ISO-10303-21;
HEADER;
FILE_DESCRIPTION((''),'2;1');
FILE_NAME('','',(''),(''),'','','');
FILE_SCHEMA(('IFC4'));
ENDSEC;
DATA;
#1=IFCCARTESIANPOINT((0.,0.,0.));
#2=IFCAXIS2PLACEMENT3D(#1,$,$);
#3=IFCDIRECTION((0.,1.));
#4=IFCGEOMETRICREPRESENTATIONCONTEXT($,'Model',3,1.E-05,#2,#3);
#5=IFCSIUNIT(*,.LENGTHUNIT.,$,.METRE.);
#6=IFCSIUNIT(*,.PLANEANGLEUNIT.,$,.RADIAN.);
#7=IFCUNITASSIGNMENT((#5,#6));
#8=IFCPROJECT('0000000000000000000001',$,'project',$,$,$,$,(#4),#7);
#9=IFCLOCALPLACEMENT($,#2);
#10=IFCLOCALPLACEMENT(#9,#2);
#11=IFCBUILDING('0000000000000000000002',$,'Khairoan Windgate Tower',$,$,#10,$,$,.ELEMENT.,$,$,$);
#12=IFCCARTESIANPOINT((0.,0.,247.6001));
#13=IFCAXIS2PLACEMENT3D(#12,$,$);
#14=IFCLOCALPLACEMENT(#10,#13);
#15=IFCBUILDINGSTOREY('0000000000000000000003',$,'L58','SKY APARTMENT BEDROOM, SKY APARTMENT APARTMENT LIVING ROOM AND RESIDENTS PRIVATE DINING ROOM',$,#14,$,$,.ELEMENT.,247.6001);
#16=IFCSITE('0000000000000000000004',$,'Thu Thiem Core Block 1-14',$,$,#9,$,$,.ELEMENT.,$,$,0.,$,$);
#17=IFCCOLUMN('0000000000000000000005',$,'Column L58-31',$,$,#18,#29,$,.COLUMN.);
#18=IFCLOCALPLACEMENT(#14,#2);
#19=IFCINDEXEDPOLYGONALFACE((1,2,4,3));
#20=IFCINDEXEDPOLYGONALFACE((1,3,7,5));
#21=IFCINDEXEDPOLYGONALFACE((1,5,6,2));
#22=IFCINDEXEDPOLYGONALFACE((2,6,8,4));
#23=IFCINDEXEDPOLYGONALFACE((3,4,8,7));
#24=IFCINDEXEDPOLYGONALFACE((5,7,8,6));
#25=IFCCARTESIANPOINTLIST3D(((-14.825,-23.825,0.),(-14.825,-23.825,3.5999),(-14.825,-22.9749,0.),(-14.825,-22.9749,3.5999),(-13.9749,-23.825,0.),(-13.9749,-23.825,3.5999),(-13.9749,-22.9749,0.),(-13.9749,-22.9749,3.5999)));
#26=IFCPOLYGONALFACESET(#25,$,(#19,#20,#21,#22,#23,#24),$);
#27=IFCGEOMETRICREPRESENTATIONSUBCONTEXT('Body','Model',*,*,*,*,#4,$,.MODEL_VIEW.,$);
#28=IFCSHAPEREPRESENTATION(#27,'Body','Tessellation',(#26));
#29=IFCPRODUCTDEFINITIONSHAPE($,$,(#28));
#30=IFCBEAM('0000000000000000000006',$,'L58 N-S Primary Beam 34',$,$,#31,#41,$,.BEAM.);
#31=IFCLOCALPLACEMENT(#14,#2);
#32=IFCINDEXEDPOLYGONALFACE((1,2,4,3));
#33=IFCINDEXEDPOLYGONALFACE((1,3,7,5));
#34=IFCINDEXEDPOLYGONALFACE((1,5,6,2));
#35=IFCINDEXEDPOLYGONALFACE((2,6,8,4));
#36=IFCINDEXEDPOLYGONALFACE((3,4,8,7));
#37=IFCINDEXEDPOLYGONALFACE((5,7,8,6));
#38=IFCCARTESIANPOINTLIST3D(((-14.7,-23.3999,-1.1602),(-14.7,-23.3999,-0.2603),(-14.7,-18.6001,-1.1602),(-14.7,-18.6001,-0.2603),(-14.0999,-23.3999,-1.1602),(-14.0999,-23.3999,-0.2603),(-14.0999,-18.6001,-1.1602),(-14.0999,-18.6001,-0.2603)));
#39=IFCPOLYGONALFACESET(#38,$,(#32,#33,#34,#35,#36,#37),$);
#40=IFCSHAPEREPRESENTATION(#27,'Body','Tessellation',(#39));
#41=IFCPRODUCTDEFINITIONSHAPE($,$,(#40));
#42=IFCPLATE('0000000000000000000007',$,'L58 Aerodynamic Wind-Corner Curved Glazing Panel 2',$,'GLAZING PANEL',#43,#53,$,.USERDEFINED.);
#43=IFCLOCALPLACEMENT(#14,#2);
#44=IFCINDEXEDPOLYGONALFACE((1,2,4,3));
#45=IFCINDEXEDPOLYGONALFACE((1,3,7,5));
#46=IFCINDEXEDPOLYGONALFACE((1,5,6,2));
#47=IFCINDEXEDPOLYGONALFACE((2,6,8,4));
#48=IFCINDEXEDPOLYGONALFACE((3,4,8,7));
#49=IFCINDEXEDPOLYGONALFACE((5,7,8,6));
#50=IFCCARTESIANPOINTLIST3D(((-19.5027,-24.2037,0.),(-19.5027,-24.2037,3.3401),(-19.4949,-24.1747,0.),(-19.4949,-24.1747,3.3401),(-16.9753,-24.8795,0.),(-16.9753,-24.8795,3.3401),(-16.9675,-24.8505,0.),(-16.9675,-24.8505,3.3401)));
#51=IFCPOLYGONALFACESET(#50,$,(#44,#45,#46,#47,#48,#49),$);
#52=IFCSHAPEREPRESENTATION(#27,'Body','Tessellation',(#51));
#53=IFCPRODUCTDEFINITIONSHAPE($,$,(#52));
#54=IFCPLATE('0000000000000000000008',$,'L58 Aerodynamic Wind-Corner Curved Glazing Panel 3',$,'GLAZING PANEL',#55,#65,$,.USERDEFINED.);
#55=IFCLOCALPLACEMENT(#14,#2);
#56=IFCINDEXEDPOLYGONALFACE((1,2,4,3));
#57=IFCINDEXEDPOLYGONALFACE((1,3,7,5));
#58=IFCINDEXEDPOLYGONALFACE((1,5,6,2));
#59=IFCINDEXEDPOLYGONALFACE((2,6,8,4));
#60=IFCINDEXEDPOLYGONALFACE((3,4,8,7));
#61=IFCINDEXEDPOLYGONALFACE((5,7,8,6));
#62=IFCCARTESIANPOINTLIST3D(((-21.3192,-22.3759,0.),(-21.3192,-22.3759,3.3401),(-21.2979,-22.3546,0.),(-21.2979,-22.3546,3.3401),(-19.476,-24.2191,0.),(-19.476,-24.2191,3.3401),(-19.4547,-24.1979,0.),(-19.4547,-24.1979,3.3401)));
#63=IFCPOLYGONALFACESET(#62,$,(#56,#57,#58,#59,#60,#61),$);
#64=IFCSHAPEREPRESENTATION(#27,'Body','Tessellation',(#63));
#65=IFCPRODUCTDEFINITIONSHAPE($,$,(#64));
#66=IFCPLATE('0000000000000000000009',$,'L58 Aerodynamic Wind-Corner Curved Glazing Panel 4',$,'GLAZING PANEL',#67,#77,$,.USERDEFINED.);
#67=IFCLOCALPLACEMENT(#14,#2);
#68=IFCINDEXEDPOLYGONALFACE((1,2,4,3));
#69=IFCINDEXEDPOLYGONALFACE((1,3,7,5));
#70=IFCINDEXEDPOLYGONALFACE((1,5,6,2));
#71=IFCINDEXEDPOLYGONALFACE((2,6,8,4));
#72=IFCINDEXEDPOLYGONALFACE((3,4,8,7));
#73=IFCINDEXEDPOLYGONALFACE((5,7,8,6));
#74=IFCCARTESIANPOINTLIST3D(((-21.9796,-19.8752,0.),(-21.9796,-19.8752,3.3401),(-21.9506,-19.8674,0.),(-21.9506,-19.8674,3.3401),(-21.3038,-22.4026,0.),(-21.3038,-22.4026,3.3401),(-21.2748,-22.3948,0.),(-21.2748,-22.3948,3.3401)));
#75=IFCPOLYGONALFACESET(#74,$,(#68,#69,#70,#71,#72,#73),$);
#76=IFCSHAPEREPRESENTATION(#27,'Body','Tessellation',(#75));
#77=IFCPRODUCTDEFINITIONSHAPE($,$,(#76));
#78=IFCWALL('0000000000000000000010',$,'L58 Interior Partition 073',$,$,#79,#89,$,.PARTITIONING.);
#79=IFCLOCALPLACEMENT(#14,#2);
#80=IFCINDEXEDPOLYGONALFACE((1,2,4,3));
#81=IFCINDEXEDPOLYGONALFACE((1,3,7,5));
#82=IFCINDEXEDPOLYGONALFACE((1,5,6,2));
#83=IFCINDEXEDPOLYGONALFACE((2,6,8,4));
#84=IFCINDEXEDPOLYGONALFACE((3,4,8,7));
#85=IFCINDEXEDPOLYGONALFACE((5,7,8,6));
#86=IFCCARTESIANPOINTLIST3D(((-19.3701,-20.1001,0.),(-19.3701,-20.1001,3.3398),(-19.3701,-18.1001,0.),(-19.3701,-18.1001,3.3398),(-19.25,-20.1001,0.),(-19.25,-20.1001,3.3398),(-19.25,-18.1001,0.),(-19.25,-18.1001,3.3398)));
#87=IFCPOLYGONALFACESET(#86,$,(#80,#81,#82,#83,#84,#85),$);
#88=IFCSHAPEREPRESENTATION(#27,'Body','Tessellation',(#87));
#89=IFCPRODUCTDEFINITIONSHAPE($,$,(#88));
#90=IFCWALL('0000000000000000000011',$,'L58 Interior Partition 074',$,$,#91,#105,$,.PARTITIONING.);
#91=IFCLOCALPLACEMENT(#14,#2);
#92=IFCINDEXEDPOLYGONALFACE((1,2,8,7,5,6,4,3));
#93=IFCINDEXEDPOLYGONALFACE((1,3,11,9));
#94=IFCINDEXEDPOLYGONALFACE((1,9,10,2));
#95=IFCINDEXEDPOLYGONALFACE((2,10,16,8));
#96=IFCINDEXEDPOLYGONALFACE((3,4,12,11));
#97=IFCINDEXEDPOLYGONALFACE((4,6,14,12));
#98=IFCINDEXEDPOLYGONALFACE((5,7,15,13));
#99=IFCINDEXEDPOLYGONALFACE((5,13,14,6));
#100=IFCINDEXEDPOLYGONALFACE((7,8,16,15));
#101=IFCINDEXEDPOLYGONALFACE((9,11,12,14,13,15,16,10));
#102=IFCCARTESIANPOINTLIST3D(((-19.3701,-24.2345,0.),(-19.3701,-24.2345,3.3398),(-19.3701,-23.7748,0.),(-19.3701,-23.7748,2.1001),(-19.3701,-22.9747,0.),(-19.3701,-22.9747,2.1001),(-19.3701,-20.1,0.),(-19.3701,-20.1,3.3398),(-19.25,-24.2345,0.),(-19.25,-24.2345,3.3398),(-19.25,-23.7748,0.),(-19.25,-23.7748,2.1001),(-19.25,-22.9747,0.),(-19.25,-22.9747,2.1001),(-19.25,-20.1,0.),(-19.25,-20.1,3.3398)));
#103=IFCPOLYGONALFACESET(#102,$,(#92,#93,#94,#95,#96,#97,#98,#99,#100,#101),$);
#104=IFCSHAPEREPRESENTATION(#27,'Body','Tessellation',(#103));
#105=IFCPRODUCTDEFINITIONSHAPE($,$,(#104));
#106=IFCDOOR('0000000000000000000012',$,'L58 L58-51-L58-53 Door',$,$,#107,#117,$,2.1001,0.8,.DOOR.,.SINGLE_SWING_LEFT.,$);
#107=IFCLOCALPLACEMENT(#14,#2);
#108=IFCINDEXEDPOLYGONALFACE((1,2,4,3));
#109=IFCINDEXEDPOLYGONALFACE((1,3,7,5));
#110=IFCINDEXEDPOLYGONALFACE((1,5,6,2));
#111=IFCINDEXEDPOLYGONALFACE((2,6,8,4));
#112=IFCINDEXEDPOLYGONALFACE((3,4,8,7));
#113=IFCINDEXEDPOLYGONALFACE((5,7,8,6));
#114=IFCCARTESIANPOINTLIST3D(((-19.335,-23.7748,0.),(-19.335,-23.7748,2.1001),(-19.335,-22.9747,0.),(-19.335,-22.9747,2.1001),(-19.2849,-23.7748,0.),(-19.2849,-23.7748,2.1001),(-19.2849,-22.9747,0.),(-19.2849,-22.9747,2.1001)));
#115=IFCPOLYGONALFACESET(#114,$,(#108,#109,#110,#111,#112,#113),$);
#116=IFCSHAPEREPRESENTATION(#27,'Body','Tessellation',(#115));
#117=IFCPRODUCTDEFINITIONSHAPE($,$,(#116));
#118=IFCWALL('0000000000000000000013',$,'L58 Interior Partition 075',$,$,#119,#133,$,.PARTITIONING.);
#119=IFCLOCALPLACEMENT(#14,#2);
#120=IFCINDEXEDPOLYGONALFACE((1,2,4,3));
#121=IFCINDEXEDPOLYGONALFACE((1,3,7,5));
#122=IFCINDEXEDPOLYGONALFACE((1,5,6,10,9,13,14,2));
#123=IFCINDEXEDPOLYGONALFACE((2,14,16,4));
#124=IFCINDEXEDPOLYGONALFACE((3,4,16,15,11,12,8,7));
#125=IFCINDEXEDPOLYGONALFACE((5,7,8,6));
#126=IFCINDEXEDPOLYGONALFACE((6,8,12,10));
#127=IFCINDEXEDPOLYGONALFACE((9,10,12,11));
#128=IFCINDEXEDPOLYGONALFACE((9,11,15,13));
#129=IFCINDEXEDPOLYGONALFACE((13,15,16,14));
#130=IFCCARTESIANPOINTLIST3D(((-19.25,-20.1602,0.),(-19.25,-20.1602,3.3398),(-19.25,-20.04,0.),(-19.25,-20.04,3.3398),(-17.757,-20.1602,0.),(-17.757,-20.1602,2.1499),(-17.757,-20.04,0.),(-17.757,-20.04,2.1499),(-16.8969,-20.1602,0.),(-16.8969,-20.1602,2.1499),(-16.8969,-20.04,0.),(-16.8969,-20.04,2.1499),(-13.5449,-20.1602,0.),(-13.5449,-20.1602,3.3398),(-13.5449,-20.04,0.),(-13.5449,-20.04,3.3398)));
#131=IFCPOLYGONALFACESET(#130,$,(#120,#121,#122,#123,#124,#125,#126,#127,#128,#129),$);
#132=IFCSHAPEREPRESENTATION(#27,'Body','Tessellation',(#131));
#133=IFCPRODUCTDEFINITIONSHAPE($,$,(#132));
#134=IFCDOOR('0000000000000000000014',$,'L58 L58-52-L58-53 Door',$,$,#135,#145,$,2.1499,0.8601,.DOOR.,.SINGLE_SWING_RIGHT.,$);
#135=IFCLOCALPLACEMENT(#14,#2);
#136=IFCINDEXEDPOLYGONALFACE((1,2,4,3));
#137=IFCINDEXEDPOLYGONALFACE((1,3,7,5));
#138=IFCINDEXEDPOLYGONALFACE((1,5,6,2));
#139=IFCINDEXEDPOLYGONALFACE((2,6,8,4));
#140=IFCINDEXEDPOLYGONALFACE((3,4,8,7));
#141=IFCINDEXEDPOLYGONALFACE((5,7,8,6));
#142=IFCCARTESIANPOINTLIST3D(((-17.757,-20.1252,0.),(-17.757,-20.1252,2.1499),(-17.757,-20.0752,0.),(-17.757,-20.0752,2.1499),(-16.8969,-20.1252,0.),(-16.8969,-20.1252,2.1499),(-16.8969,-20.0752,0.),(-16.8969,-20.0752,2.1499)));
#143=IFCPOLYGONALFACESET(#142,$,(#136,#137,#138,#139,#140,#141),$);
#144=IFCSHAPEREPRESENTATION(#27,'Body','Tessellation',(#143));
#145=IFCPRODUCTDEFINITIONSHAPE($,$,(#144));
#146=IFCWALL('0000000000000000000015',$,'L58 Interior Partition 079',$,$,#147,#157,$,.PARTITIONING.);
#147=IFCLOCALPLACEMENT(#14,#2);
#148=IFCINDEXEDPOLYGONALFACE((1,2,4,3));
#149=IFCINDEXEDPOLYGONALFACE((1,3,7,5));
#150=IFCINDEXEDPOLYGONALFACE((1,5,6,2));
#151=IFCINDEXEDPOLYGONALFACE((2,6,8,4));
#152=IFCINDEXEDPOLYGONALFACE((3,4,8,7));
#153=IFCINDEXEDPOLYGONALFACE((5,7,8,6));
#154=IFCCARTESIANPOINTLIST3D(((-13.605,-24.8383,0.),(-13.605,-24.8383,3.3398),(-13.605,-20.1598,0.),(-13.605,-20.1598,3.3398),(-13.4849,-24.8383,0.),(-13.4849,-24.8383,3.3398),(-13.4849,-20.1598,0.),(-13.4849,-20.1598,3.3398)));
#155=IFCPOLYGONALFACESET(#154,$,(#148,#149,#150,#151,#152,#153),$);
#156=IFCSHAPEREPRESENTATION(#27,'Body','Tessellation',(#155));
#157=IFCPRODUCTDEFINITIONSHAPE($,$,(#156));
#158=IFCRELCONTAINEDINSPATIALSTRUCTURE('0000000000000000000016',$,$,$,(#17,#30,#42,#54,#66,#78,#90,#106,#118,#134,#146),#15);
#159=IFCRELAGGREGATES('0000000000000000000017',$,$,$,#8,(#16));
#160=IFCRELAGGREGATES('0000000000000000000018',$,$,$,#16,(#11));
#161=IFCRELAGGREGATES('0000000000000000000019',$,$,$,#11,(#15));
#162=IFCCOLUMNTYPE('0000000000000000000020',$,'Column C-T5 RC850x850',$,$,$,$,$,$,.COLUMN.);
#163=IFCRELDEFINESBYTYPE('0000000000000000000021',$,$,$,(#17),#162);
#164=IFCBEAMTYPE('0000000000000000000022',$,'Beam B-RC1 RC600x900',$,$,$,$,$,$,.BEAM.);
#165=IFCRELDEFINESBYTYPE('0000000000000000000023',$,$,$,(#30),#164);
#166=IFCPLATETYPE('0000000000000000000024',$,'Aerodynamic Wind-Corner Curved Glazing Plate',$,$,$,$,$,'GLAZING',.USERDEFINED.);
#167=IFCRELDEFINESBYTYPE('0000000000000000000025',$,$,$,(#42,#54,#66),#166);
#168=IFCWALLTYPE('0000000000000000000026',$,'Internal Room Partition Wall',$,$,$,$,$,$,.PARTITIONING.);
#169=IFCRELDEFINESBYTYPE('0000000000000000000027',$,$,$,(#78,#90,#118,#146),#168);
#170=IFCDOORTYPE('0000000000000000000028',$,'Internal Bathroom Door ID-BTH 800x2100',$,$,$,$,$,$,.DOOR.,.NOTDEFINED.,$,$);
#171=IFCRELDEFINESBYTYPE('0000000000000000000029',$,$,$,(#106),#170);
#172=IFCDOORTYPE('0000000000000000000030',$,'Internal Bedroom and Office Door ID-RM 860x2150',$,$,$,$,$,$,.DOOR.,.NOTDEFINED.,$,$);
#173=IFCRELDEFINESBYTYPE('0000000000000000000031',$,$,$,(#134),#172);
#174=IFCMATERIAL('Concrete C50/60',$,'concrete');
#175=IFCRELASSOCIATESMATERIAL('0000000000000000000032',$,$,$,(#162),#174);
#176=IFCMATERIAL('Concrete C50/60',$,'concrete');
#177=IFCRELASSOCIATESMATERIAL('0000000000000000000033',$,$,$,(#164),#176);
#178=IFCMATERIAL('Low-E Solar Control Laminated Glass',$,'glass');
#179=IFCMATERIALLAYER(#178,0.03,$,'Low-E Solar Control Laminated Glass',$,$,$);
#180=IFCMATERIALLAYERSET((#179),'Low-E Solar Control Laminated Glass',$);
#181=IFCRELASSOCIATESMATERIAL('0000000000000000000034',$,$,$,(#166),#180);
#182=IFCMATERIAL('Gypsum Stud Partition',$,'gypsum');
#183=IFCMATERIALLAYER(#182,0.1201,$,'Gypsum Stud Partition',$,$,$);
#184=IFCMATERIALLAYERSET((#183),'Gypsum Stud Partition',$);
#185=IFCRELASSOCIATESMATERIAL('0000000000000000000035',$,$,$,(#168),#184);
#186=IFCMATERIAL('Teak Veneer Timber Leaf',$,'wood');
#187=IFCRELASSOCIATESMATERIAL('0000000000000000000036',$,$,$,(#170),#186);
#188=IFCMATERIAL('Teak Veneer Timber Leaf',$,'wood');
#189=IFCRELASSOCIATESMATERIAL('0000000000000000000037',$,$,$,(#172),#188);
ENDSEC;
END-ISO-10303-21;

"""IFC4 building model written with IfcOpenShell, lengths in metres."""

from ifc_helpers import new_model, si_unit, direction, frame, frame_2d, origin, origin_2d, place, context, subcontext, project, spatial, rectangle, extrude, material, layer, layer_set, material_profile, profile_set, type_object, element, fill, save


model = new_model("IFC4")

# Units and contexts
model_context = context("Model", 3, precision=1e-05, world=origin(), true_north=direction((0.0, 1.0)))
body_context = subcontext(model_context, "Body", "Model", "MODEL_VIEW")
ifc_project = project(units=[si_unit("LENGTHUNIT", "METRE"), si_unit("PLANEANGLEUNIT", "RADIAN")], contexts=[model_context])

# Site, building, storey
site_placement = place(None, origin())
site = spatial("IfcSite", under=ifc_project, at=site_placement, Name="Thu Thiem Core Block 1-14", CompositionType="ELEMENT", RefElevation=0.0)
building_placement = place(site_placement, origin())
building = spatial("IfcBuilding", under=site, at=building_placement, Name="Khairoan Windgate Tower", CompositionType="ELEMENT")
storey_placement = place(building_placement, frame((0.0, 0.0, 247.6001)))
storey = spatial("IfcBuildingStorey", under=building, at=storey_placement, Name="L58", Description="SKY APARTMENT BEDROOM, SKY APARTMENT APARTMENT LIVING ROOM AND RESIDENTS PRIVATE DINING ROOM", CompositionType="ELEMENT", Elevation=247.6001)

# Column
ifc_material_1 = material(Name="Concrete C50/60", Category="concrete")
ifc_material_profile_1 = material_profile(ifc_material_1, rectangle(XDim=0.8501, YDim=0.8501, at=origin_2d()))
ifc_profile_set_1 = profile_set([ifc_material_profile_1], Name="Concrete C50/60")
column_type = type_object("IfcColumnType", Name="Column C-T5 RC850x850", PredefinedType="COLUMN", material=ifc_profile_set_1)
column_placement = place(storey_placement, frame((-14.3999, -23.3999, 0.0), z_axis=(0.0, 0.0, 1.0), x_axis=(1.0, 0.0, 0.0)))
element("IfcColumn", 1, at=column_placement, inside=storey, type_object=column_type, Name="Column L58-31", PredefinedType="COLUMN", context=body_context, shape_type="SweptSolid", body=[
    extrude(rectangle(XDim=0.8501, YDim=0.8501, at=origin_2d()), origin(), (0.0, 0.0, 1.0), 3.5999),
])

# Beam
ifc_material_2 = material(Name="Concrete C50/60", Category="concrete")
ifc_material_profile_2 = material_profile(ifc_material_2, rectangle(XDim=0.6001, YDim=0.8999, at=origin_2d()))
ifc_profile_set_2 = profile_set([ifc_material_profile_2], Name="Concrete C50/60")
beam_type = type_object("IfcBeamType", Name="Beam B-RC1 RC600x900", PredefinedType="BEAM", material=ifc_profile_set_2)
beam_placement = place(storey_placement, frame((-14.3999, -23.3999, -0.7102), z_axis=(0.0, 1.0, 0.0), x_axis=(-1.0, 0.0, 0.0)))
element("IfcBeam", 2, at=beam_placement, inside=storey, type_object=beam_type, Name="L58 N-S Primary Beam 34", PredefinedType="BEAM", context=body_context, shape_type="SweptSolid", body=[
    extrude(rectangle(XDim=0.6001, YDim=0.8999, at=origin_2d()), origin(), (0.0, 0.0, 1.0), 4.7998),
])

# Plates
ifc_material_3 = material(Name="Low-E Solar Control Laminated Glass", Category="glass")
ifc_layer_1 = layer(ifc_material_3, 0.03, Name="Low-E Solar Control Laminated Glass")
ifc_layer_set_1 = layer_set([ifc_layer_1], Name="Low-E Solar Control Laminated Glass")
plate_type_1 = type_object("IfcPlateType", Name="Aerodynamic Wind-Corner Curved Glazing Plate", ElementType="GLAZING", PredefinedType="USERDEFINED", material=ifc_layer_set_1)
plate_1_placement = place(storey_placement, frame((-18.2351, -24.5271, 0.0), z_axis=(0.0, 0.0, 1.0), x_axis=(-0.966061, 0.258313, 0.0)))
element("IfcPlate", 3, at=plate_1_placement, inside=storey, type_object=plate_type_1, Name="L58 Aerodynamic Wind-Corner Curved Glazing Panel 2", ObjectType="GLAZING PANEL", PredefinedType="USERDEFINED", context=body_context, shape_type="SweptSolid", body=[
    extrude(rectangle(XDim=2.6162, YDim=0.03, at=origin_2d()), origin(), (0.0, 0.0, 1.0), 3.3401),
])
plate_2_placement = place(storey_placement, frame((-20.387, -23.2869, 0.0), z_axis=(0.0, 0.0, 1.0), x_axis=(-0.707107, 0.707107, 0.0)))
element("IfcPlate", 4, at=plate_2_placement, inside=storey, type_object=plate_type_1, Name="L58 Aerodynamic Wind-Corner Curved Glazing Panel 3", ObjectType="GLAZING PANEL", PredefinedType="USERDEFINED", context=body_context, shape_type="SweptSolid", body=[
    extrude(rectangle(XDim=2.6067, YDim=0.03, at=origin_2d()), origin(), (0.0, 0.0, 1.0), 3.3401),
])
plate_3_placement = place(storey_placement, frame((-21.6272, -21.135, 0.0), z_axis=(0.0, 0.0, 1.0), x_axis=(-0.258313, 0.966061, 0.0)))
element("IfcPlate", 5, at=plate_3_placement, inside=storey, type_object=plate_type_1, Name="L58 Aerodynamic Wind-Corner Curved Glazing Panel 4", ObjectType="GLAZING PANEL", PredefinedType="USERDEFINED", context=body_context, shape_type="SweptSolid", body=[
    extrude(rectangle(XDim=2.6162, YDim=0.03, at=origin_2d()), origin(), (0.0, 0.0, 1.0), 3.3401),
])

# Wall
ifc_material_4 = material(Name="Gypsum Stud Partition", Category="gypsum")
ifc_layer_2 = layer(ifc_material_4, 0.1201, Name="Gypsum Stud Partition")
ifc_layer_set_2 = layer_set([ifc_layer_2], Name="Gypsum Stud Partition")
wall_type = type_object("IfcWallType", Name="Internal Room Partition Wall", PredefinedType="PARTITIONING", material=ifc_layer_set_2)
wall_1_placement = place(storey_placement, frame((-19.3101, -20.1001, 0.0), z_axis=(0.0, 0.0, 1.0), x_axis=(0.0, 1.0, 0.0)))
element("IfcWall", 6, at=wall_1_placement, inside=storey, type_object=wall_type, Name="L58 Interior Partition 073", PredefinedType="PARTITIONING", context=body_context, shape_type="SweptSolid", body=[
    extrude(rectangle(XDim=2.0, YDim=0.1201, at=frame_2d((1.0, 0.0))), origin(), (0.0, 0.0, 1.0), 3.3398),
])

# Walls, openings, doors
wall_2_placement = place(storey_placement, frame((-19.3101, -24.2346, 0.0), z_axis=(0.0, 0.0, 1.0), x_axis=(0.0, 1.0, 0.0)))
wall_2 = element("IfcWall", 7, at=wall_2_placement, inside=storey, type_object=wall_type, Name="L58 Interior Partition 074", PredefinedType="PARTITIONING", context=body_context, shape_type="SweptSolid", body=[
    extrude(rectangle(XDim=4.1345, YDim=0.1201, at=frame_2d((2.0674, 0.0))), origin(), (0.0, 0.0, 1.0), 3.3398),
])
opening_1_placement = place(wall_2_placement, frame((0.46, 0.0, 0.0)))
opening_1 = element("IfcOpeningElement", 8, at=opening_1_placement, cuts=wall_2, PredefinedType="OPENING", context=body_context, shape_type="SweptSolid", body=[
    extrude(rectangle(XDim=0.8, YDim=2.1001, at=frame_2d((0.3999, 1.05))), frame((0.0, 0.0701, 0.0), z_axis=(0.0, -1.0, 0.0), x_axis=(1.0, 0.0, 0.0)), (0.0, 0.0, 1.0), 0.1401),
])
ifc_material_5 = material(Name="Teak Veneer Timber Leaf", Category="wood")
door_type_1 = type_object("IfcDoorType", Name="Internal Bathroom Door ID-BTH 800x2100", OperationType="NOTDEFINED", PredefinedType="DOOR", material=ifc_material_5)
door_1_placement = place(opening_1_placement, origin())
door_1 = element("IfcDoor", 9, at=door_1_placement, inside=storey, type_object=door_type_1, Name="L58 L58-51-L58-53 Door", OperationType="SINGLE_SWING_LEFT", OverallHeight=2.1001, OverallWidth=0.8, PredefinedType="DOOR", context=body_context, shape_type="SweptSolid", body=[
    extrude(rectangle(XDim=0.8, YDim=2.1001, at=frame_2d((0.3999, 1.05))), frame((0.0, 0.0249, 0.0), z_axis=(0.0, -1.0, 0.0), x_axis=(1.0, 0.0, 0.0)), (0.0, 0.0, 1.0), 0.05),
])
fill(opening_1, door_1)
wall_3_placement = place(storey_placement, frame((-19.25, -20.1001, 0.0), z_axis=(0.0, 0.0, 1.0), x_axis=(1.0, 0.0, 0.0)))
wall_3 = element("IfcWall", 10, at=wall_3_placement, inside=storey, type_object=wall_type, Name="L58 Interior Partition 075", PredefinedType="PARTITIONING", context=body_context, shape_type="SweptSolid", body=[
    extrude(rectangle(XDim=5.7051, YDim=0.1201, at=frame_2d((2.8525, 0.0))), origin(), (0.0, 0.0, 1.0), 3.3398),
])
opening_2_placement = place(wall_3_placement, frame((1.4929, 0.0, 0.0)))
opening_2 = element("IfcOpeningElement", 11, at=opening_2_placement, cuts=wall_3, PredefinedType="OPENING", context=body_context, shape_type="SweptSolid", body=[
    extrude(rectangle(XDim=0.8601, YDim=2.1499, at=frame_2d((0.4302, 1.075))), frame((0.0, 0.0701, 0.0), z_axis=(0.0, -1.0, 0.0), x_axis=(1.0, 0.0, 0.0)), (0.0, 0.0, 1.0), 0.1401),
])
ifc_material_6 = material(Name="Teak Veneer Timber Leaf", Category="wood")
door_type_2 = type_object("IfcDoorType", Name="Internal Bedroom and Office Door ID-RM 860x2150", OperationType="NOTDEFINED", PredefinedType="DOOR", material=ifc_material_6)
door_2_placement = place(opening_2_placement, origin())
door_2 = element("IfcDoor", 12, at=door_2_placement, inside=storey, type_object=door_type_2, Name="L58 L58-52-L58-53 Door", OperationType="SINGLE_SWING_RIGHT", OverallHeight=2.1499, OverallWidth=0.8601, PredefinedType="DOOR", context=body_context, shape_type="SweptSolid", body=[
    extrude(rectangle(XDim=0.8601, YDim=2.1499, at=frame_2d((0.4302, 1.075))), frame((0.0, 0.0249, 0.0), z_axis=(0.0, -1.0, 0.0), x_axis=(1.0, 0.0, 0.0)), (0.0, 0.0, 1.0), 0.05),
])
fill(opening_2, door_2)

# Wall
wall_4_placement = place(storey_placement, frame((-13.5449, -24.8384, 0.0), z_axis=(0.0, 0.0, 1.0), x_axis=(0.0, 1.0, 0.0)))
element("IfcWall", 13, at=wall_4_placement, inside=storey, type_object=wall_type, Name="L58 Interior Partition 079", PredefinedType="PARTITIONING", context=body_context, shape_type="SweptSolid", body=[
    extrude(rectangle(XDim=4.6785, YDim=0.1201, at=frame_2d((2.3394, 0.0))), origin(), (0.0, 0.0, 1.0), 3.3398),
])

save(model, "model.ifc")
